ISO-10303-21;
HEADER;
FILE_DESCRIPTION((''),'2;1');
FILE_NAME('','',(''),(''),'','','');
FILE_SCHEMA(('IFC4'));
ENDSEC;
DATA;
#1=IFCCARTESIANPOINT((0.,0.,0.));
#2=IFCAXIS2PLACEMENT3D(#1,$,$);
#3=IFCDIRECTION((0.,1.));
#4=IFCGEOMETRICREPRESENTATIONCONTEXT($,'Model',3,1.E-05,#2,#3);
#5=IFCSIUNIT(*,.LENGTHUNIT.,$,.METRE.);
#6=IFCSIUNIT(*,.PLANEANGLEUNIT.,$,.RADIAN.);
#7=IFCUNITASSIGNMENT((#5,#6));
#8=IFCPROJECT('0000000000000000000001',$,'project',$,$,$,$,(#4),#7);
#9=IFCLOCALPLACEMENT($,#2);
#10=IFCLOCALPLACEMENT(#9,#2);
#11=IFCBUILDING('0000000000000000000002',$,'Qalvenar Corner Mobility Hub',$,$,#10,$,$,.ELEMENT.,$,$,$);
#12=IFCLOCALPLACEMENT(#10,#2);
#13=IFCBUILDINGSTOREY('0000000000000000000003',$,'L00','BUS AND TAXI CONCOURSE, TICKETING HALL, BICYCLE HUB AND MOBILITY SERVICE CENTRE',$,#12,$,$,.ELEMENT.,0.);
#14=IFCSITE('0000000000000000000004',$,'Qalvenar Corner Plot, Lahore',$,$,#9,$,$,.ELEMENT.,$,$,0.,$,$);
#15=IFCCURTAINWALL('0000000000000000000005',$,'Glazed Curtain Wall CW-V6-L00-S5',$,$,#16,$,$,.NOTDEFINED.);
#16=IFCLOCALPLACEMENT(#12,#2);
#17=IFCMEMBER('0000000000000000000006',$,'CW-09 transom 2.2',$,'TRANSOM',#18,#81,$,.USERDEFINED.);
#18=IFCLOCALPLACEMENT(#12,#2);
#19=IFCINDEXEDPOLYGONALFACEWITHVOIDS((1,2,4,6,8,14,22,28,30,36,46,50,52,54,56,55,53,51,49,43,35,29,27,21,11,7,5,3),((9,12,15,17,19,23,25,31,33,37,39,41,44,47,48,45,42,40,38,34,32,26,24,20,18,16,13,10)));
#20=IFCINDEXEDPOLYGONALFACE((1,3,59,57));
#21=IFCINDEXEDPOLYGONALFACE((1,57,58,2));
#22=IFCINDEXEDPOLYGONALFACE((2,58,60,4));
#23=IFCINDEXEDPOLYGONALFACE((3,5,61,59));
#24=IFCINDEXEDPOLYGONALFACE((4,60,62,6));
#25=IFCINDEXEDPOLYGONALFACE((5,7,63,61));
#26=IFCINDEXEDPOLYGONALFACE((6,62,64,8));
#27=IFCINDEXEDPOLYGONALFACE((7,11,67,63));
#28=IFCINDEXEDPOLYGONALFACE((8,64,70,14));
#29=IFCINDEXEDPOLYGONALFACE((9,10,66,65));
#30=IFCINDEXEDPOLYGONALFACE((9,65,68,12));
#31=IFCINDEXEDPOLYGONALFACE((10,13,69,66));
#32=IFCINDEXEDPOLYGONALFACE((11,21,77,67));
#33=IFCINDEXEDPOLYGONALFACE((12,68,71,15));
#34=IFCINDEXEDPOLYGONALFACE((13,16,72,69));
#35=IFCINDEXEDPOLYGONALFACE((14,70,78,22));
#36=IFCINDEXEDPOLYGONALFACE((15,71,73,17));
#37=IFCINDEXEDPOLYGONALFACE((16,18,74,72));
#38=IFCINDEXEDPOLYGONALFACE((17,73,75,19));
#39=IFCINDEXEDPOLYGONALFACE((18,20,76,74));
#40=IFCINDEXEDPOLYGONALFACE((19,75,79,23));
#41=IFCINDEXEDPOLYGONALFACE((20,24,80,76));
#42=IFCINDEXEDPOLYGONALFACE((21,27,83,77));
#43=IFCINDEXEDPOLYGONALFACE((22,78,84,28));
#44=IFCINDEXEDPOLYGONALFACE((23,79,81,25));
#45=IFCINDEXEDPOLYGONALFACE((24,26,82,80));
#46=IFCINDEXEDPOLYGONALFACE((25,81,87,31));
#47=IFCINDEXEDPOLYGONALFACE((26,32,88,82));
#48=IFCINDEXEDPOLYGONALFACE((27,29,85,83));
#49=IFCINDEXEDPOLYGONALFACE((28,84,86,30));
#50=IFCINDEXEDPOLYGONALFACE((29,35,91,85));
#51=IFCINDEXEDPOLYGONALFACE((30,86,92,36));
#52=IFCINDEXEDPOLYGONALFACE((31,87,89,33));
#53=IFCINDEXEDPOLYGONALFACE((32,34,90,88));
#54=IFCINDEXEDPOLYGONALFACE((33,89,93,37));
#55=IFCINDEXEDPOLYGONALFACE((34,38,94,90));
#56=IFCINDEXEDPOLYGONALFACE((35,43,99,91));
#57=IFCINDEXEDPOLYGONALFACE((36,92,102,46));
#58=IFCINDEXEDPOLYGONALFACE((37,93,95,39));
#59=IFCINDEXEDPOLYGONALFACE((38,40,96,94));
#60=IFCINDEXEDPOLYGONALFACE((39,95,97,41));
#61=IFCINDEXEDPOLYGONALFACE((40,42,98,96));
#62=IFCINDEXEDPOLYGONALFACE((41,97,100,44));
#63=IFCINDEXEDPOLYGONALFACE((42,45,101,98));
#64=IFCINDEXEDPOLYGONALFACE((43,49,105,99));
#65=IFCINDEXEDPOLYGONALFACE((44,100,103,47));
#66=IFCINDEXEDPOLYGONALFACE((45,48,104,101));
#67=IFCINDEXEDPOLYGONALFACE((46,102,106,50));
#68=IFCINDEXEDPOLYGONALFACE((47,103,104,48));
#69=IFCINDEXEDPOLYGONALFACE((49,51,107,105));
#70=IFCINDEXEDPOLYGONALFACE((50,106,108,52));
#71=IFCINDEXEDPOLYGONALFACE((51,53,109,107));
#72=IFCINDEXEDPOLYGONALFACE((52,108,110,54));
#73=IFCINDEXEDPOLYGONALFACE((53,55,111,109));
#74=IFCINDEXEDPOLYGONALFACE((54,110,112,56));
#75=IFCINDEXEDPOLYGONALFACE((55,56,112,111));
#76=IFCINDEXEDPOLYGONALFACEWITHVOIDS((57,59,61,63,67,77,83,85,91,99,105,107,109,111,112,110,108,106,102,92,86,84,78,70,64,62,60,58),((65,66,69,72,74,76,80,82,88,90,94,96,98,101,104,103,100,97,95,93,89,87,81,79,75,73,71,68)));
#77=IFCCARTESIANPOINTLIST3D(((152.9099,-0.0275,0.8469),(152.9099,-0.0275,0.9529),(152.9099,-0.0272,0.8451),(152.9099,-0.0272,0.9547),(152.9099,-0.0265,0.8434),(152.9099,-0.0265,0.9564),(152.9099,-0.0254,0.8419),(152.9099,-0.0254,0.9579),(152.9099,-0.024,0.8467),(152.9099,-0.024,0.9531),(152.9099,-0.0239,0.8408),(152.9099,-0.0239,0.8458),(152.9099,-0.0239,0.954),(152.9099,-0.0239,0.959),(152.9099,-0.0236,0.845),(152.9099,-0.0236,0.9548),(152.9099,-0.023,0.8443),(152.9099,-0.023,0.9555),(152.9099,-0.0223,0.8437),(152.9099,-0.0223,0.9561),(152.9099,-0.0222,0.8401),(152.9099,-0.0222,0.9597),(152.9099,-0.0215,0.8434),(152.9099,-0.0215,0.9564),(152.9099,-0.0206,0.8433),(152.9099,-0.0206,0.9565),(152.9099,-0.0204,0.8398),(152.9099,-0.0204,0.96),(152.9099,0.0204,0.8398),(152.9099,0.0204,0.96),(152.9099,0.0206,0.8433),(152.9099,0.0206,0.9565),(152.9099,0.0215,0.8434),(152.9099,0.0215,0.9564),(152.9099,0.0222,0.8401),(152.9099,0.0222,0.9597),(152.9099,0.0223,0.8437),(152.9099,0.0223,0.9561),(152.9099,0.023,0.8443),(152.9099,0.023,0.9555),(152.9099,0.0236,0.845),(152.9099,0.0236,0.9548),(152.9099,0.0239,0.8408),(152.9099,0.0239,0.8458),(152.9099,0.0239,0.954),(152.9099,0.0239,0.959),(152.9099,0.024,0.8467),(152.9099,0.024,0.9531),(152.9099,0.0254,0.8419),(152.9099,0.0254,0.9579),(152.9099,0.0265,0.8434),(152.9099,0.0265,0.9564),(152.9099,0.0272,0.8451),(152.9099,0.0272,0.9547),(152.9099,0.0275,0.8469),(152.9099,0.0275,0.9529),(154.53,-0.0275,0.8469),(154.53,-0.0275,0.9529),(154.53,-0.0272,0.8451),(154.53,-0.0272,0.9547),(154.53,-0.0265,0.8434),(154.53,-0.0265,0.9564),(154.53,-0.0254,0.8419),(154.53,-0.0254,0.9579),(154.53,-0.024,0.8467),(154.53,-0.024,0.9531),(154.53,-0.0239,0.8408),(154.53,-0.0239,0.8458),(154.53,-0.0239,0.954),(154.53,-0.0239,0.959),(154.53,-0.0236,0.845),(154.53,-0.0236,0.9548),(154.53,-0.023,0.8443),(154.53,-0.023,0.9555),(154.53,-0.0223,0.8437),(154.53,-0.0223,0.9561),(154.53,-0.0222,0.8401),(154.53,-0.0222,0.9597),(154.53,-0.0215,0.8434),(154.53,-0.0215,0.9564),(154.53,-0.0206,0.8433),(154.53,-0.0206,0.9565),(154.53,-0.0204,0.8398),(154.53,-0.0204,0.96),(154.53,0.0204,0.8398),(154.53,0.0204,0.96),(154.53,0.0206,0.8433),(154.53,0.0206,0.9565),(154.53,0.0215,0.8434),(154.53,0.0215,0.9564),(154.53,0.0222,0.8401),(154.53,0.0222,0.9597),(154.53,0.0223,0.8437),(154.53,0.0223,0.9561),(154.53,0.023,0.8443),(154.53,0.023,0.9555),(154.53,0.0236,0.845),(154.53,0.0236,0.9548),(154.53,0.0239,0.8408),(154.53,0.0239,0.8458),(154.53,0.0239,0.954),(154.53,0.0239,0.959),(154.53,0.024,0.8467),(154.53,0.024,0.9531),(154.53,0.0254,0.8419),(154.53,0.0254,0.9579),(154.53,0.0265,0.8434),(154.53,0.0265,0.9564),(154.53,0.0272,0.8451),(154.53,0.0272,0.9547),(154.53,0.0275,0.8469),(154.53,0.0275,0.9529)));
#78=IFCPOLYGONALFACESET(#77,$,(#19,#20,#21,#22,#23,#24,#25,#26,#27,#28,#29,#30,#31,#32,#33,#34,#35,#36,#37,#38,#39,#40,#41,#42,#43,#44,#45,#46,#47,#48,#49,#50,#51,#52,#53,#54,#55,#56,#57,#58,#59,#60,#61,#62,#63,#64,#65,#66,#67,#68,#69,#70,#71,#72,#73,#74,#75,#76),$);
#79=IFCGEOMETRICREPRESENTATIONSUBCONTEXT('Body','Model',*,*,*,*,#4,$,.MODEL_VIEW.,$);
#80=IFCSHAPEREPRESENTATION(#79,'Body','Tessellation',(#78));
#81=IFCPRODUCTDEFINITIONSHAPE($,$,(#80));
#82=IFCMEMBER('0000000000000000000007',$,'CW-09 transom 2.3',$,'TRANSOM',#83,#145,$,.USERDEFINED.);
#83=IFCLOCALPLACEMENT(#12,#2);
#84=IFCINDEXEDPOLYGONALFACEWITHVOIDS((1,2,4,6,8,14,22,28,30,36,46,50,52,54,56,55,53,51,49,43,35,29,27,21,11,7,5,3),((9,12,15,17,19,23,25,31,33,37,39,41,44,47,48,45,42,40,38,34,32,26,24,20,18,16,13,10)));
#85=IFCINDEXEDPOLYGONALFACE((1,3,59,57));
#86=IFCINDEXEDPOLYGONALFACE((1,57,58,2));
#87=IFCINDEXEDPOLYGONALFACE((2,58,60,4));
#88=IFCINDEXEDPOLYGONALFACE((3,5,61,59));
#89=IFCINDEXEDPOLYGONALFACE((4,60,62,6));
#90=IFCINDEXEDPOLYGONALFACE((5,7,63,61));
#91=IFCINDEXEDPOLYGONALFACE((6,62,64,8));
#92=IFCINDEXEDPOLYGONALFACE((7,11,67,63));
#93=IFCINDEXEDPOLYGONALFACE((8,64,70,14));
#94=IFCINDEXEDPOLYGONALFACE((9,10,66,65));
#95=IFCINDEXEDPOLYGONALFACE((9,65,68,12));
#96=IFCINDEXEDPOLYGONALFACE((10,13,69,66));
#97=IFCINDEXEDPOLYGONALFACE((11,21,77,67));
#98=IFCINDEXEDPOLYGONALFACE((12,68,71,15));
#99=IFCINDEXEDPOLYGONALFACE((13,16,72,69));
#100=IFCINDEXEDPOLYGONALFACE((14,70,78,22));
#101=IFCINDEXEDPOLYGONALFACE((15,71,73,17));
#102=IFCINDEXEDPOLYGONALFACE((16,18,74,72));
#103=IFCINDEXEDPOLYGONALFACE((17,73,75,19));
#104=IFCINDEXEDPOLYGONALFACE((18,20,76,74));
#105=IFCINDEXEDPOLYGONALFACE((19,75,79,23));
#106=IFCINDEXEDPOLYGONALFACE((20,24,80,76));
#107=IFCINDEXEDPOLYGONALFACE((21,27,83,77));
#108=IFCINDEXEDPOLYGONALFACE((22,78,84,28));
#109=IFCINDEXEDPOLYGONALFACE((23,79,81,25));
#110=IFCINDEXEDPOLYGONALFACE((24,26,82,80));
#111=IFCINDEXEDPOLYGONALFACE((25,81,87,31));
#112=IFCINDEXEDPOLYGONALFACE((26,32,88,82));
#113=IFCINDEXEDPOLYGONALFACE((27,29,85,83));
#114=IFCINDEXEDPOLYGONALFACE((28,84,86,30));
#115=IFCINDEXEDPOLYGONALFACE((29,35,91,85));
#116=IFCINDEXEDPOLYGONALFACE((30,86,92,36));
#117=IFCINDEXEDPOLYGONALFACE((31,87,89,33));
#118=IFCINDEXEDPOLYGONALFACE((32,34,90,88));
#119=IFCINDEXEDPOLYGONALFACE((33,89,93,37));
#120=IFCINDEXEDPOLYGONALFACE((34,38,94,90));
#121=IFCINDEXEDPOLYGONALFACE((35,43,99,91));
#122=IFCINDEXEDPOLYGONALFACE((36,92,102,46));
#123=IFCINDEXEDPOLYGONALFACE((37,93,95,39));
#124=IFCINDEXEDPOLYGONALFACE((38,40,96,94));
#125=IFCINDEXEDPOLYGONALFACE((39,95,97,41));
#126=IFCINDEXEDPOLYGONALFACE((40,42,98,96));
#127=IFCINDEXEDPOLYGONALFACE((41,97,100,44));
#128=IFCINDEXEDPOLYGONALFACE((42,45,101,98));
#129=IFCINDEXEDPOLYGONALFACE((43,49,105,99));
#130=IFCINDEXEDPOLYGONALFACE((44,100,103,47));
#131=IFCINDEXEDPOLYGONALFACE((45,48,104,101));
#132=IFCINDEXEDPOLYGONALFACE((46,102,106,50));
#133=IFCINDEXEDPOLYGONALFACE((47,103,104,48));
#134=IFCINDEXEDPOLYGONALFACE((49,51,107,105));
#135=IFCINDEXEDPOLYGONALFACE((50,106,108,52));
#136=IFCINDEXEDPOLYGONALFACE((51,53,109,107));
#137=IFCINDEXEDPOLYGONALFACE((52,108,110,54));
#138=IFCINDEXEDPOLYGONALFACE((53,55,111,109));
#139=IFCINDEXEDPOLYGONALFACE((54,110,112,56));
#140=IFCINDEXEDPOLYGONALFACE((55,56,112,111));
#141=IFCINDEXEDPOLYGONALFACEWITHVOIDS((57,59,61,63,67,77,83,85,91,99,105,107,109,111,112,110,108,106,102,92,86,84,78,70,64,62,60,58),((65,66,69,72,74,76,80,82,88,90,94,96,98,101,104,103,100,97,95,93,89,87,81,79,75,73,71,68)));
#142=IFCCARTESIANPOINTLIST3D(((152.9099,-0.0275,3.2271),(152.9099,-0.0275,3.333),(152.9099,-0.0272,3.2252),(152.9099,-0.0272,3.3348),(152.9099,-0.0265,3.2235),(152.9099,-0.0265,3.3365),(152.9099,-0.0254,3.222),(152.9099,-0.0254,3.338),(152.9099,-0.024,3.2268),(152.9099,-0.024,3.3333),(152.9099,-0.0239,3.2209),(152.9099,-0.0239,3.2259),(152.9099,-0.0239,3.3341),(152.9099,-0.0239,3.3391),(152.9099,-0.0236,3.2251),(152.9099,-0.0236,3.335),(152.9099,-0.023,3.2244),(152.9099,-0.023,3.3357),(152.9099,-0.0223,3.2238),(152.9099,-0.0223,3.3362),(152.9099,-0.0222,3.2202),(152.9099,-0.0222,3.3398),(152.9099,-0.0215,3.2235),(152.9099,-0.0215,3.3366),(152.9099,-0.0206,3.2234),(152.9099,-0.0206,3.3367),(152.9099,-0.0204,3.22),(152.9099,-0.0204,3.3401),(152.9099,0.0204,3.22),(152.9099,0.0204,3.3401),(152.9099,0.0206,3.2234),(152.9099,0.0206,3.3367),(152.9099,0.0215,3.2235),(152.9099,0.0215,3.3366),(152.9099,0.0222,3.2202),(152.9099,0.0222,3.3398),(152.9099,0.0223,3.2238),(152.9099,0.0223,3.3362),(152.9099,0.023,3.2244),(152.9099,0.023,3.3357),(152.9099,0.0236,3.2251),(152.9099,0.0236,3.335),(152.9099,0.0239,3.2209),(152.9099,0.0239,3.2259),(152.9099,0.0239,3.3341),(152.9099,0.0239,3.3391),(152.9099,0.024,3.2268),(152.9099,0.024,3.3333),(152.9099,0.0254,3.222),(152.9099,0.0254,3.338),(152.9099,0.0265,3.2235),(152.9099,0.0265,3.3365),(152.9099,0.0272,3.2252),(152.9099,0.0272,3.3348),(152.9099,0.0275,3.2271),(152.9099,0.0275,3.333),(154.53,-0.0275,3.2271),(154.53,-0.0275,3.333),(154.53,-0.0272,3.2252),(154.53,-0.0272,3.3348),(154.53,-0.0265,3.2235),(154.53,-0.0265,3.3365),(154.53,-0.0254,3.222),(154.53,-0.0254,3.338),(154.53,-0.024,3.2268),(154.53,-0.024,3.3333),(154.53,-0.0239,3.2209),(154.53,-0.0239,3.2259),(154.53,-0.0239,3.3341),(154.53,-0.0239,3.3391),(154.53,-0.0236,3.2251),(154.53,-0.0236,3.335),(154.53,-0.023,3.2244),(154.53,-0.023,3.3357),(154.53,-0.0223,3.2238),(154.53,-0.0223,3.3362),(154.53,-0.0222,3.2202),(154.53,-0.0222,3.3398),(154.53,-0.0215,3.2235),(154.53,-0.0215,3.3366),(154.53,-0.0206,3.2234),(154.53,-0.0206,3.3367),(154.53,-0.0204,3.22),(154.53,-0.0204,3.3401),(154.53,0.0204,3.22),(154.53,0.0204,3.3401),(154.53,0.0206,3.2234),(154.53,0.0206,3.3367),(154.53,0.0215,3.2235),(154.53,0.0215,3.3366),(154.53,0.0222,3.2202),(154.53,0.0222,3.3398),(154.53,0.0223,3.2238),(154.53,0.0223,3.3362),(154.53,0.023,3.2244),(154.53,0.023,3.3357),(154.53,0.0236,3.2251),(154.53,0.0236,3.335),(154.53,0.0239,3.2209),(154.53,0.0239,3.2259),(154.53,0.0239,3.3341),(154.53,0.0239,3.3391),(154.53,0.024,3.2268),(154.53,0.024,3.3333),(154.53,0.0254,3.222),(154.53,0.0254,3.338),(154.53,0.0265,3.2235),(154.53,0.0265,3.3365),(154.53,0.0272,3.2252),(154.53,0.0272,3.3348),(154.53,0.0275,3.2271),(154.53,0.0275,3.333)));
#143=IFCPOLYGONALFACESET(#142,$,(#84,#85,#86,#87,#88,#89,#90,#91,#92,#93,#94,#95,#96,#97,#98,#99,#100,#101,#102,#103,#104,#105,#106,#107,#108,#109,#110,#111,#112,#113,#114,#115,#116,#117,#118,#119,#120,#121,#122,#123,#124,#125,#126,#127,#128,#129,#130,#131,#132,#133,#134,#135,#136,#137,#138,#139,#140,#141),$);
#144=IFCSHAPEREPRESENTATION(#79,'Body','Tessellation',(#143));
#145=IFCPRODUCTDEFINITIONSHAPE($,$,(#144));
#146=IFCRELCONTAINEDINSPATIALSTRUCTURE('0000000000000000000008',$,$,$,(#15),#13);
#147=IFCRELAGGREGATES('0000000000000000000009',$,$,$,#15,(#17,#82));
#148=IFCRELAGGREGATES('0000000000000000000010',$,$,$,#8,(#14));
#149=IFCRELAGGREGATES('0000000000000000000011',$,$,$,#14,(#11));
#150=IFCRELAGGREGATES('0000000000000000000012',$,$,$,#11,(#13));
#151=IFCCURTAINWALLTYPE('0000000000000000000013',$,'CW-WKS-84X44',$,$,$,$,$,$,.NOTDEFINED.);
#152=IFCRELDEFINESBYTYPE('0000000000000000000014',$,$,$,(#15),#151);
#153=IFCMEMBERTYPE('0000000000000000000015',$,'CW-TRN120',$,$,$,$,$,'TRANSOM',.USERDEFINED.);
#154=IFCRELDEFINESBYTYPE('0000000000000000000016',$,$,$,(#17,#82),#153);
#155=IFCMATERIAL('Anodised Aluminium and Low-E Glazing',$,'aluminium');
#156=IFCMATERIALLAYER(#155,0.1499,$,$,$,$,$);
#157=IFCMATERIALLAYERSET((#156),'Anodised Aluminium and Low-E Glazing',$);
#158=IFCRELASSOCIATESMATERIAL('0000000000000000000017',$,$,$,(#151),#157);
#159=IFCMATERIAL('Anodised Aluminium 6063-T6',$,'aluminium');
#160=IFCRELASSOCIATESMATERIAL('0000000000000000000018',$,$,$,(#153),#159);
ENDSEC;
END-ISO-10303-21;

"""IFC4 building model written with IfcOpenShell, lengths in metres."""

from ifc_helpers import new_model, si_unit, direction, frame, origin, origin_2d, place, context, subcontext, project, spatial, hollow_rectangle, extrude, material, layer, layer_set, material_profile, profile_set, type_object, element, aggregate, save


model = new_model("IFC4")

# Units and contexts
model_context = context("Model", 3, precision=1e-05, world=origin(), true_north=direction((0.0, 1.0)))
body_context = subcontext(model_context, "Body", "Model", "MODEL_VIEW")
ifc_project = project(units=[si_unit("LENGTHUNIT", "METRE"), si_unit("PLANEANGLEUNIT", "RADIAN")], contexts=[model_context])

# Site, building, storey
site_placement = place(None, origin())
site = spatial("IfcSite", under=ifc_project, at=site_placement, Name="Qalvenar Corner Plot, Lahore", CompositionType="ELEMENT", RefElevation=0.0)
building_placement = place(site_placement, origin())
building = spatial("IfcBuilding", under=site, at=building_placement, Name="Qalvenar Corner Mobility Hub", CompositionType="ELEMENT")
storey_placement = place(building_placement, origin())
storey = spatial("IfcBuildingStorey", under=building, at=storey_placement, Name="L00", Description="BUS AND TAXI CONCOURSE, TICKETING HALL, BICYCLE HUB AND MOBILITY SERVICE CENTRE", CompositionType="ELEMENT", Elevation=0.0)

# Curtain wall, members
ifc_material_1 = material(Name="Anodised Aluminium and Low-E Glazing", Category="aluminium")
ifc_layer_1 = layer(ifc_material_1, 0.1499)
ifc_layer_set_1 = layer_set([ifc_layer_1], Name="Anodised Aluminium and Low-E Glazing")
curtain_wall_type = type_object("IfcCurtainWallType", Name="CW-WKS-84X44", PredefinedType="NOTDEFINED", material=ifc_layer_set_1)
curtain_wall_placement = place(storey_placement, origin())
curtain_wall = element("IfcCurtainWall", 1, at=curtain_wall_placement, inside=storey, type_object=curtain_wall_type, Name="Glazed Curtain Wall CW-V6-L00-S5", PredefinedType="NOTDEFINED")
ifc_material_2 = material(Name="Anodised Aluminium 6063-T6", Category="aluminium")
ifc_material_profile_1 = material_profile(ifc_material_2, hollow_rectangle(XDim=0.0549, YDim=0.1201, WallThickness=0.0034, InnerFilletRadius=0.0034, OuterFilletRadius=0.0071, at=origin_2d()), Name="RHS120x55x3.5")
ifc_profile_set_1 = profile_set([ifc_material_profile_1], Name="Anodised Aluminium 6063-T6")
member_type_1 = type_object("IfcMemberType", Name="CW-TRN120", ElementType="TRANSOM", PredefinedType="USERDEFINED", material=ifc_profile_set_1)
member_1_placement = place(storey_placement, frame((152.9099, 0.0, 0.8999), z_axis=(1.0, 0.0, 0.0), x_axis=(0.0, 1.0, 0.0)))
member_1 = element("IfcMember", 2, at=member_1_placement, type_object=member_type_1, Name="CW-09 transom 2.2", ObjectType="TRANSOM", PredefinedType="USERDEFINED", context=body_context, shape_type="SweptSolid", body=[
    extrude(hollow_rectangle(XDim=0.0549, YDim=0.1201, WallThickness=0.0034, InnerFilletRadius=0.0034, OuterFilletRadius=0.0071, at=origin_2d()), origin(), (0.0, 0.0, 1.0), 1.6201),
])
member_2_placement = place(storey_placement, frame((152.9099, 0.0, 3.28), z_axis=(1.0, 0.0, 0.0), x_axis=(0.0, 1.0, 0.0)))
member_2 = element("IfcMember", 3, at=member_2_placement, type_object=member_type_1, Name="CW-09 transom 2.3", ObjectType="TRANSOM", PredefinedType="USERDEFINED", context=body_context, shape_type="SweptSolid", body=[
    extrude(hollow_rectangle(XDim=0.0549, YDim=0.1201, WallThickness=0.0034, InnerFilletRadius=0.0034, OuterFilletRadius=0.0071, at=origin_2d()), origin(), (0.0, 0.0, 1.0), 1.6201),
])
aggregate(curtain_wall, [member_1, member_2])

save(model, "model.ifc")
